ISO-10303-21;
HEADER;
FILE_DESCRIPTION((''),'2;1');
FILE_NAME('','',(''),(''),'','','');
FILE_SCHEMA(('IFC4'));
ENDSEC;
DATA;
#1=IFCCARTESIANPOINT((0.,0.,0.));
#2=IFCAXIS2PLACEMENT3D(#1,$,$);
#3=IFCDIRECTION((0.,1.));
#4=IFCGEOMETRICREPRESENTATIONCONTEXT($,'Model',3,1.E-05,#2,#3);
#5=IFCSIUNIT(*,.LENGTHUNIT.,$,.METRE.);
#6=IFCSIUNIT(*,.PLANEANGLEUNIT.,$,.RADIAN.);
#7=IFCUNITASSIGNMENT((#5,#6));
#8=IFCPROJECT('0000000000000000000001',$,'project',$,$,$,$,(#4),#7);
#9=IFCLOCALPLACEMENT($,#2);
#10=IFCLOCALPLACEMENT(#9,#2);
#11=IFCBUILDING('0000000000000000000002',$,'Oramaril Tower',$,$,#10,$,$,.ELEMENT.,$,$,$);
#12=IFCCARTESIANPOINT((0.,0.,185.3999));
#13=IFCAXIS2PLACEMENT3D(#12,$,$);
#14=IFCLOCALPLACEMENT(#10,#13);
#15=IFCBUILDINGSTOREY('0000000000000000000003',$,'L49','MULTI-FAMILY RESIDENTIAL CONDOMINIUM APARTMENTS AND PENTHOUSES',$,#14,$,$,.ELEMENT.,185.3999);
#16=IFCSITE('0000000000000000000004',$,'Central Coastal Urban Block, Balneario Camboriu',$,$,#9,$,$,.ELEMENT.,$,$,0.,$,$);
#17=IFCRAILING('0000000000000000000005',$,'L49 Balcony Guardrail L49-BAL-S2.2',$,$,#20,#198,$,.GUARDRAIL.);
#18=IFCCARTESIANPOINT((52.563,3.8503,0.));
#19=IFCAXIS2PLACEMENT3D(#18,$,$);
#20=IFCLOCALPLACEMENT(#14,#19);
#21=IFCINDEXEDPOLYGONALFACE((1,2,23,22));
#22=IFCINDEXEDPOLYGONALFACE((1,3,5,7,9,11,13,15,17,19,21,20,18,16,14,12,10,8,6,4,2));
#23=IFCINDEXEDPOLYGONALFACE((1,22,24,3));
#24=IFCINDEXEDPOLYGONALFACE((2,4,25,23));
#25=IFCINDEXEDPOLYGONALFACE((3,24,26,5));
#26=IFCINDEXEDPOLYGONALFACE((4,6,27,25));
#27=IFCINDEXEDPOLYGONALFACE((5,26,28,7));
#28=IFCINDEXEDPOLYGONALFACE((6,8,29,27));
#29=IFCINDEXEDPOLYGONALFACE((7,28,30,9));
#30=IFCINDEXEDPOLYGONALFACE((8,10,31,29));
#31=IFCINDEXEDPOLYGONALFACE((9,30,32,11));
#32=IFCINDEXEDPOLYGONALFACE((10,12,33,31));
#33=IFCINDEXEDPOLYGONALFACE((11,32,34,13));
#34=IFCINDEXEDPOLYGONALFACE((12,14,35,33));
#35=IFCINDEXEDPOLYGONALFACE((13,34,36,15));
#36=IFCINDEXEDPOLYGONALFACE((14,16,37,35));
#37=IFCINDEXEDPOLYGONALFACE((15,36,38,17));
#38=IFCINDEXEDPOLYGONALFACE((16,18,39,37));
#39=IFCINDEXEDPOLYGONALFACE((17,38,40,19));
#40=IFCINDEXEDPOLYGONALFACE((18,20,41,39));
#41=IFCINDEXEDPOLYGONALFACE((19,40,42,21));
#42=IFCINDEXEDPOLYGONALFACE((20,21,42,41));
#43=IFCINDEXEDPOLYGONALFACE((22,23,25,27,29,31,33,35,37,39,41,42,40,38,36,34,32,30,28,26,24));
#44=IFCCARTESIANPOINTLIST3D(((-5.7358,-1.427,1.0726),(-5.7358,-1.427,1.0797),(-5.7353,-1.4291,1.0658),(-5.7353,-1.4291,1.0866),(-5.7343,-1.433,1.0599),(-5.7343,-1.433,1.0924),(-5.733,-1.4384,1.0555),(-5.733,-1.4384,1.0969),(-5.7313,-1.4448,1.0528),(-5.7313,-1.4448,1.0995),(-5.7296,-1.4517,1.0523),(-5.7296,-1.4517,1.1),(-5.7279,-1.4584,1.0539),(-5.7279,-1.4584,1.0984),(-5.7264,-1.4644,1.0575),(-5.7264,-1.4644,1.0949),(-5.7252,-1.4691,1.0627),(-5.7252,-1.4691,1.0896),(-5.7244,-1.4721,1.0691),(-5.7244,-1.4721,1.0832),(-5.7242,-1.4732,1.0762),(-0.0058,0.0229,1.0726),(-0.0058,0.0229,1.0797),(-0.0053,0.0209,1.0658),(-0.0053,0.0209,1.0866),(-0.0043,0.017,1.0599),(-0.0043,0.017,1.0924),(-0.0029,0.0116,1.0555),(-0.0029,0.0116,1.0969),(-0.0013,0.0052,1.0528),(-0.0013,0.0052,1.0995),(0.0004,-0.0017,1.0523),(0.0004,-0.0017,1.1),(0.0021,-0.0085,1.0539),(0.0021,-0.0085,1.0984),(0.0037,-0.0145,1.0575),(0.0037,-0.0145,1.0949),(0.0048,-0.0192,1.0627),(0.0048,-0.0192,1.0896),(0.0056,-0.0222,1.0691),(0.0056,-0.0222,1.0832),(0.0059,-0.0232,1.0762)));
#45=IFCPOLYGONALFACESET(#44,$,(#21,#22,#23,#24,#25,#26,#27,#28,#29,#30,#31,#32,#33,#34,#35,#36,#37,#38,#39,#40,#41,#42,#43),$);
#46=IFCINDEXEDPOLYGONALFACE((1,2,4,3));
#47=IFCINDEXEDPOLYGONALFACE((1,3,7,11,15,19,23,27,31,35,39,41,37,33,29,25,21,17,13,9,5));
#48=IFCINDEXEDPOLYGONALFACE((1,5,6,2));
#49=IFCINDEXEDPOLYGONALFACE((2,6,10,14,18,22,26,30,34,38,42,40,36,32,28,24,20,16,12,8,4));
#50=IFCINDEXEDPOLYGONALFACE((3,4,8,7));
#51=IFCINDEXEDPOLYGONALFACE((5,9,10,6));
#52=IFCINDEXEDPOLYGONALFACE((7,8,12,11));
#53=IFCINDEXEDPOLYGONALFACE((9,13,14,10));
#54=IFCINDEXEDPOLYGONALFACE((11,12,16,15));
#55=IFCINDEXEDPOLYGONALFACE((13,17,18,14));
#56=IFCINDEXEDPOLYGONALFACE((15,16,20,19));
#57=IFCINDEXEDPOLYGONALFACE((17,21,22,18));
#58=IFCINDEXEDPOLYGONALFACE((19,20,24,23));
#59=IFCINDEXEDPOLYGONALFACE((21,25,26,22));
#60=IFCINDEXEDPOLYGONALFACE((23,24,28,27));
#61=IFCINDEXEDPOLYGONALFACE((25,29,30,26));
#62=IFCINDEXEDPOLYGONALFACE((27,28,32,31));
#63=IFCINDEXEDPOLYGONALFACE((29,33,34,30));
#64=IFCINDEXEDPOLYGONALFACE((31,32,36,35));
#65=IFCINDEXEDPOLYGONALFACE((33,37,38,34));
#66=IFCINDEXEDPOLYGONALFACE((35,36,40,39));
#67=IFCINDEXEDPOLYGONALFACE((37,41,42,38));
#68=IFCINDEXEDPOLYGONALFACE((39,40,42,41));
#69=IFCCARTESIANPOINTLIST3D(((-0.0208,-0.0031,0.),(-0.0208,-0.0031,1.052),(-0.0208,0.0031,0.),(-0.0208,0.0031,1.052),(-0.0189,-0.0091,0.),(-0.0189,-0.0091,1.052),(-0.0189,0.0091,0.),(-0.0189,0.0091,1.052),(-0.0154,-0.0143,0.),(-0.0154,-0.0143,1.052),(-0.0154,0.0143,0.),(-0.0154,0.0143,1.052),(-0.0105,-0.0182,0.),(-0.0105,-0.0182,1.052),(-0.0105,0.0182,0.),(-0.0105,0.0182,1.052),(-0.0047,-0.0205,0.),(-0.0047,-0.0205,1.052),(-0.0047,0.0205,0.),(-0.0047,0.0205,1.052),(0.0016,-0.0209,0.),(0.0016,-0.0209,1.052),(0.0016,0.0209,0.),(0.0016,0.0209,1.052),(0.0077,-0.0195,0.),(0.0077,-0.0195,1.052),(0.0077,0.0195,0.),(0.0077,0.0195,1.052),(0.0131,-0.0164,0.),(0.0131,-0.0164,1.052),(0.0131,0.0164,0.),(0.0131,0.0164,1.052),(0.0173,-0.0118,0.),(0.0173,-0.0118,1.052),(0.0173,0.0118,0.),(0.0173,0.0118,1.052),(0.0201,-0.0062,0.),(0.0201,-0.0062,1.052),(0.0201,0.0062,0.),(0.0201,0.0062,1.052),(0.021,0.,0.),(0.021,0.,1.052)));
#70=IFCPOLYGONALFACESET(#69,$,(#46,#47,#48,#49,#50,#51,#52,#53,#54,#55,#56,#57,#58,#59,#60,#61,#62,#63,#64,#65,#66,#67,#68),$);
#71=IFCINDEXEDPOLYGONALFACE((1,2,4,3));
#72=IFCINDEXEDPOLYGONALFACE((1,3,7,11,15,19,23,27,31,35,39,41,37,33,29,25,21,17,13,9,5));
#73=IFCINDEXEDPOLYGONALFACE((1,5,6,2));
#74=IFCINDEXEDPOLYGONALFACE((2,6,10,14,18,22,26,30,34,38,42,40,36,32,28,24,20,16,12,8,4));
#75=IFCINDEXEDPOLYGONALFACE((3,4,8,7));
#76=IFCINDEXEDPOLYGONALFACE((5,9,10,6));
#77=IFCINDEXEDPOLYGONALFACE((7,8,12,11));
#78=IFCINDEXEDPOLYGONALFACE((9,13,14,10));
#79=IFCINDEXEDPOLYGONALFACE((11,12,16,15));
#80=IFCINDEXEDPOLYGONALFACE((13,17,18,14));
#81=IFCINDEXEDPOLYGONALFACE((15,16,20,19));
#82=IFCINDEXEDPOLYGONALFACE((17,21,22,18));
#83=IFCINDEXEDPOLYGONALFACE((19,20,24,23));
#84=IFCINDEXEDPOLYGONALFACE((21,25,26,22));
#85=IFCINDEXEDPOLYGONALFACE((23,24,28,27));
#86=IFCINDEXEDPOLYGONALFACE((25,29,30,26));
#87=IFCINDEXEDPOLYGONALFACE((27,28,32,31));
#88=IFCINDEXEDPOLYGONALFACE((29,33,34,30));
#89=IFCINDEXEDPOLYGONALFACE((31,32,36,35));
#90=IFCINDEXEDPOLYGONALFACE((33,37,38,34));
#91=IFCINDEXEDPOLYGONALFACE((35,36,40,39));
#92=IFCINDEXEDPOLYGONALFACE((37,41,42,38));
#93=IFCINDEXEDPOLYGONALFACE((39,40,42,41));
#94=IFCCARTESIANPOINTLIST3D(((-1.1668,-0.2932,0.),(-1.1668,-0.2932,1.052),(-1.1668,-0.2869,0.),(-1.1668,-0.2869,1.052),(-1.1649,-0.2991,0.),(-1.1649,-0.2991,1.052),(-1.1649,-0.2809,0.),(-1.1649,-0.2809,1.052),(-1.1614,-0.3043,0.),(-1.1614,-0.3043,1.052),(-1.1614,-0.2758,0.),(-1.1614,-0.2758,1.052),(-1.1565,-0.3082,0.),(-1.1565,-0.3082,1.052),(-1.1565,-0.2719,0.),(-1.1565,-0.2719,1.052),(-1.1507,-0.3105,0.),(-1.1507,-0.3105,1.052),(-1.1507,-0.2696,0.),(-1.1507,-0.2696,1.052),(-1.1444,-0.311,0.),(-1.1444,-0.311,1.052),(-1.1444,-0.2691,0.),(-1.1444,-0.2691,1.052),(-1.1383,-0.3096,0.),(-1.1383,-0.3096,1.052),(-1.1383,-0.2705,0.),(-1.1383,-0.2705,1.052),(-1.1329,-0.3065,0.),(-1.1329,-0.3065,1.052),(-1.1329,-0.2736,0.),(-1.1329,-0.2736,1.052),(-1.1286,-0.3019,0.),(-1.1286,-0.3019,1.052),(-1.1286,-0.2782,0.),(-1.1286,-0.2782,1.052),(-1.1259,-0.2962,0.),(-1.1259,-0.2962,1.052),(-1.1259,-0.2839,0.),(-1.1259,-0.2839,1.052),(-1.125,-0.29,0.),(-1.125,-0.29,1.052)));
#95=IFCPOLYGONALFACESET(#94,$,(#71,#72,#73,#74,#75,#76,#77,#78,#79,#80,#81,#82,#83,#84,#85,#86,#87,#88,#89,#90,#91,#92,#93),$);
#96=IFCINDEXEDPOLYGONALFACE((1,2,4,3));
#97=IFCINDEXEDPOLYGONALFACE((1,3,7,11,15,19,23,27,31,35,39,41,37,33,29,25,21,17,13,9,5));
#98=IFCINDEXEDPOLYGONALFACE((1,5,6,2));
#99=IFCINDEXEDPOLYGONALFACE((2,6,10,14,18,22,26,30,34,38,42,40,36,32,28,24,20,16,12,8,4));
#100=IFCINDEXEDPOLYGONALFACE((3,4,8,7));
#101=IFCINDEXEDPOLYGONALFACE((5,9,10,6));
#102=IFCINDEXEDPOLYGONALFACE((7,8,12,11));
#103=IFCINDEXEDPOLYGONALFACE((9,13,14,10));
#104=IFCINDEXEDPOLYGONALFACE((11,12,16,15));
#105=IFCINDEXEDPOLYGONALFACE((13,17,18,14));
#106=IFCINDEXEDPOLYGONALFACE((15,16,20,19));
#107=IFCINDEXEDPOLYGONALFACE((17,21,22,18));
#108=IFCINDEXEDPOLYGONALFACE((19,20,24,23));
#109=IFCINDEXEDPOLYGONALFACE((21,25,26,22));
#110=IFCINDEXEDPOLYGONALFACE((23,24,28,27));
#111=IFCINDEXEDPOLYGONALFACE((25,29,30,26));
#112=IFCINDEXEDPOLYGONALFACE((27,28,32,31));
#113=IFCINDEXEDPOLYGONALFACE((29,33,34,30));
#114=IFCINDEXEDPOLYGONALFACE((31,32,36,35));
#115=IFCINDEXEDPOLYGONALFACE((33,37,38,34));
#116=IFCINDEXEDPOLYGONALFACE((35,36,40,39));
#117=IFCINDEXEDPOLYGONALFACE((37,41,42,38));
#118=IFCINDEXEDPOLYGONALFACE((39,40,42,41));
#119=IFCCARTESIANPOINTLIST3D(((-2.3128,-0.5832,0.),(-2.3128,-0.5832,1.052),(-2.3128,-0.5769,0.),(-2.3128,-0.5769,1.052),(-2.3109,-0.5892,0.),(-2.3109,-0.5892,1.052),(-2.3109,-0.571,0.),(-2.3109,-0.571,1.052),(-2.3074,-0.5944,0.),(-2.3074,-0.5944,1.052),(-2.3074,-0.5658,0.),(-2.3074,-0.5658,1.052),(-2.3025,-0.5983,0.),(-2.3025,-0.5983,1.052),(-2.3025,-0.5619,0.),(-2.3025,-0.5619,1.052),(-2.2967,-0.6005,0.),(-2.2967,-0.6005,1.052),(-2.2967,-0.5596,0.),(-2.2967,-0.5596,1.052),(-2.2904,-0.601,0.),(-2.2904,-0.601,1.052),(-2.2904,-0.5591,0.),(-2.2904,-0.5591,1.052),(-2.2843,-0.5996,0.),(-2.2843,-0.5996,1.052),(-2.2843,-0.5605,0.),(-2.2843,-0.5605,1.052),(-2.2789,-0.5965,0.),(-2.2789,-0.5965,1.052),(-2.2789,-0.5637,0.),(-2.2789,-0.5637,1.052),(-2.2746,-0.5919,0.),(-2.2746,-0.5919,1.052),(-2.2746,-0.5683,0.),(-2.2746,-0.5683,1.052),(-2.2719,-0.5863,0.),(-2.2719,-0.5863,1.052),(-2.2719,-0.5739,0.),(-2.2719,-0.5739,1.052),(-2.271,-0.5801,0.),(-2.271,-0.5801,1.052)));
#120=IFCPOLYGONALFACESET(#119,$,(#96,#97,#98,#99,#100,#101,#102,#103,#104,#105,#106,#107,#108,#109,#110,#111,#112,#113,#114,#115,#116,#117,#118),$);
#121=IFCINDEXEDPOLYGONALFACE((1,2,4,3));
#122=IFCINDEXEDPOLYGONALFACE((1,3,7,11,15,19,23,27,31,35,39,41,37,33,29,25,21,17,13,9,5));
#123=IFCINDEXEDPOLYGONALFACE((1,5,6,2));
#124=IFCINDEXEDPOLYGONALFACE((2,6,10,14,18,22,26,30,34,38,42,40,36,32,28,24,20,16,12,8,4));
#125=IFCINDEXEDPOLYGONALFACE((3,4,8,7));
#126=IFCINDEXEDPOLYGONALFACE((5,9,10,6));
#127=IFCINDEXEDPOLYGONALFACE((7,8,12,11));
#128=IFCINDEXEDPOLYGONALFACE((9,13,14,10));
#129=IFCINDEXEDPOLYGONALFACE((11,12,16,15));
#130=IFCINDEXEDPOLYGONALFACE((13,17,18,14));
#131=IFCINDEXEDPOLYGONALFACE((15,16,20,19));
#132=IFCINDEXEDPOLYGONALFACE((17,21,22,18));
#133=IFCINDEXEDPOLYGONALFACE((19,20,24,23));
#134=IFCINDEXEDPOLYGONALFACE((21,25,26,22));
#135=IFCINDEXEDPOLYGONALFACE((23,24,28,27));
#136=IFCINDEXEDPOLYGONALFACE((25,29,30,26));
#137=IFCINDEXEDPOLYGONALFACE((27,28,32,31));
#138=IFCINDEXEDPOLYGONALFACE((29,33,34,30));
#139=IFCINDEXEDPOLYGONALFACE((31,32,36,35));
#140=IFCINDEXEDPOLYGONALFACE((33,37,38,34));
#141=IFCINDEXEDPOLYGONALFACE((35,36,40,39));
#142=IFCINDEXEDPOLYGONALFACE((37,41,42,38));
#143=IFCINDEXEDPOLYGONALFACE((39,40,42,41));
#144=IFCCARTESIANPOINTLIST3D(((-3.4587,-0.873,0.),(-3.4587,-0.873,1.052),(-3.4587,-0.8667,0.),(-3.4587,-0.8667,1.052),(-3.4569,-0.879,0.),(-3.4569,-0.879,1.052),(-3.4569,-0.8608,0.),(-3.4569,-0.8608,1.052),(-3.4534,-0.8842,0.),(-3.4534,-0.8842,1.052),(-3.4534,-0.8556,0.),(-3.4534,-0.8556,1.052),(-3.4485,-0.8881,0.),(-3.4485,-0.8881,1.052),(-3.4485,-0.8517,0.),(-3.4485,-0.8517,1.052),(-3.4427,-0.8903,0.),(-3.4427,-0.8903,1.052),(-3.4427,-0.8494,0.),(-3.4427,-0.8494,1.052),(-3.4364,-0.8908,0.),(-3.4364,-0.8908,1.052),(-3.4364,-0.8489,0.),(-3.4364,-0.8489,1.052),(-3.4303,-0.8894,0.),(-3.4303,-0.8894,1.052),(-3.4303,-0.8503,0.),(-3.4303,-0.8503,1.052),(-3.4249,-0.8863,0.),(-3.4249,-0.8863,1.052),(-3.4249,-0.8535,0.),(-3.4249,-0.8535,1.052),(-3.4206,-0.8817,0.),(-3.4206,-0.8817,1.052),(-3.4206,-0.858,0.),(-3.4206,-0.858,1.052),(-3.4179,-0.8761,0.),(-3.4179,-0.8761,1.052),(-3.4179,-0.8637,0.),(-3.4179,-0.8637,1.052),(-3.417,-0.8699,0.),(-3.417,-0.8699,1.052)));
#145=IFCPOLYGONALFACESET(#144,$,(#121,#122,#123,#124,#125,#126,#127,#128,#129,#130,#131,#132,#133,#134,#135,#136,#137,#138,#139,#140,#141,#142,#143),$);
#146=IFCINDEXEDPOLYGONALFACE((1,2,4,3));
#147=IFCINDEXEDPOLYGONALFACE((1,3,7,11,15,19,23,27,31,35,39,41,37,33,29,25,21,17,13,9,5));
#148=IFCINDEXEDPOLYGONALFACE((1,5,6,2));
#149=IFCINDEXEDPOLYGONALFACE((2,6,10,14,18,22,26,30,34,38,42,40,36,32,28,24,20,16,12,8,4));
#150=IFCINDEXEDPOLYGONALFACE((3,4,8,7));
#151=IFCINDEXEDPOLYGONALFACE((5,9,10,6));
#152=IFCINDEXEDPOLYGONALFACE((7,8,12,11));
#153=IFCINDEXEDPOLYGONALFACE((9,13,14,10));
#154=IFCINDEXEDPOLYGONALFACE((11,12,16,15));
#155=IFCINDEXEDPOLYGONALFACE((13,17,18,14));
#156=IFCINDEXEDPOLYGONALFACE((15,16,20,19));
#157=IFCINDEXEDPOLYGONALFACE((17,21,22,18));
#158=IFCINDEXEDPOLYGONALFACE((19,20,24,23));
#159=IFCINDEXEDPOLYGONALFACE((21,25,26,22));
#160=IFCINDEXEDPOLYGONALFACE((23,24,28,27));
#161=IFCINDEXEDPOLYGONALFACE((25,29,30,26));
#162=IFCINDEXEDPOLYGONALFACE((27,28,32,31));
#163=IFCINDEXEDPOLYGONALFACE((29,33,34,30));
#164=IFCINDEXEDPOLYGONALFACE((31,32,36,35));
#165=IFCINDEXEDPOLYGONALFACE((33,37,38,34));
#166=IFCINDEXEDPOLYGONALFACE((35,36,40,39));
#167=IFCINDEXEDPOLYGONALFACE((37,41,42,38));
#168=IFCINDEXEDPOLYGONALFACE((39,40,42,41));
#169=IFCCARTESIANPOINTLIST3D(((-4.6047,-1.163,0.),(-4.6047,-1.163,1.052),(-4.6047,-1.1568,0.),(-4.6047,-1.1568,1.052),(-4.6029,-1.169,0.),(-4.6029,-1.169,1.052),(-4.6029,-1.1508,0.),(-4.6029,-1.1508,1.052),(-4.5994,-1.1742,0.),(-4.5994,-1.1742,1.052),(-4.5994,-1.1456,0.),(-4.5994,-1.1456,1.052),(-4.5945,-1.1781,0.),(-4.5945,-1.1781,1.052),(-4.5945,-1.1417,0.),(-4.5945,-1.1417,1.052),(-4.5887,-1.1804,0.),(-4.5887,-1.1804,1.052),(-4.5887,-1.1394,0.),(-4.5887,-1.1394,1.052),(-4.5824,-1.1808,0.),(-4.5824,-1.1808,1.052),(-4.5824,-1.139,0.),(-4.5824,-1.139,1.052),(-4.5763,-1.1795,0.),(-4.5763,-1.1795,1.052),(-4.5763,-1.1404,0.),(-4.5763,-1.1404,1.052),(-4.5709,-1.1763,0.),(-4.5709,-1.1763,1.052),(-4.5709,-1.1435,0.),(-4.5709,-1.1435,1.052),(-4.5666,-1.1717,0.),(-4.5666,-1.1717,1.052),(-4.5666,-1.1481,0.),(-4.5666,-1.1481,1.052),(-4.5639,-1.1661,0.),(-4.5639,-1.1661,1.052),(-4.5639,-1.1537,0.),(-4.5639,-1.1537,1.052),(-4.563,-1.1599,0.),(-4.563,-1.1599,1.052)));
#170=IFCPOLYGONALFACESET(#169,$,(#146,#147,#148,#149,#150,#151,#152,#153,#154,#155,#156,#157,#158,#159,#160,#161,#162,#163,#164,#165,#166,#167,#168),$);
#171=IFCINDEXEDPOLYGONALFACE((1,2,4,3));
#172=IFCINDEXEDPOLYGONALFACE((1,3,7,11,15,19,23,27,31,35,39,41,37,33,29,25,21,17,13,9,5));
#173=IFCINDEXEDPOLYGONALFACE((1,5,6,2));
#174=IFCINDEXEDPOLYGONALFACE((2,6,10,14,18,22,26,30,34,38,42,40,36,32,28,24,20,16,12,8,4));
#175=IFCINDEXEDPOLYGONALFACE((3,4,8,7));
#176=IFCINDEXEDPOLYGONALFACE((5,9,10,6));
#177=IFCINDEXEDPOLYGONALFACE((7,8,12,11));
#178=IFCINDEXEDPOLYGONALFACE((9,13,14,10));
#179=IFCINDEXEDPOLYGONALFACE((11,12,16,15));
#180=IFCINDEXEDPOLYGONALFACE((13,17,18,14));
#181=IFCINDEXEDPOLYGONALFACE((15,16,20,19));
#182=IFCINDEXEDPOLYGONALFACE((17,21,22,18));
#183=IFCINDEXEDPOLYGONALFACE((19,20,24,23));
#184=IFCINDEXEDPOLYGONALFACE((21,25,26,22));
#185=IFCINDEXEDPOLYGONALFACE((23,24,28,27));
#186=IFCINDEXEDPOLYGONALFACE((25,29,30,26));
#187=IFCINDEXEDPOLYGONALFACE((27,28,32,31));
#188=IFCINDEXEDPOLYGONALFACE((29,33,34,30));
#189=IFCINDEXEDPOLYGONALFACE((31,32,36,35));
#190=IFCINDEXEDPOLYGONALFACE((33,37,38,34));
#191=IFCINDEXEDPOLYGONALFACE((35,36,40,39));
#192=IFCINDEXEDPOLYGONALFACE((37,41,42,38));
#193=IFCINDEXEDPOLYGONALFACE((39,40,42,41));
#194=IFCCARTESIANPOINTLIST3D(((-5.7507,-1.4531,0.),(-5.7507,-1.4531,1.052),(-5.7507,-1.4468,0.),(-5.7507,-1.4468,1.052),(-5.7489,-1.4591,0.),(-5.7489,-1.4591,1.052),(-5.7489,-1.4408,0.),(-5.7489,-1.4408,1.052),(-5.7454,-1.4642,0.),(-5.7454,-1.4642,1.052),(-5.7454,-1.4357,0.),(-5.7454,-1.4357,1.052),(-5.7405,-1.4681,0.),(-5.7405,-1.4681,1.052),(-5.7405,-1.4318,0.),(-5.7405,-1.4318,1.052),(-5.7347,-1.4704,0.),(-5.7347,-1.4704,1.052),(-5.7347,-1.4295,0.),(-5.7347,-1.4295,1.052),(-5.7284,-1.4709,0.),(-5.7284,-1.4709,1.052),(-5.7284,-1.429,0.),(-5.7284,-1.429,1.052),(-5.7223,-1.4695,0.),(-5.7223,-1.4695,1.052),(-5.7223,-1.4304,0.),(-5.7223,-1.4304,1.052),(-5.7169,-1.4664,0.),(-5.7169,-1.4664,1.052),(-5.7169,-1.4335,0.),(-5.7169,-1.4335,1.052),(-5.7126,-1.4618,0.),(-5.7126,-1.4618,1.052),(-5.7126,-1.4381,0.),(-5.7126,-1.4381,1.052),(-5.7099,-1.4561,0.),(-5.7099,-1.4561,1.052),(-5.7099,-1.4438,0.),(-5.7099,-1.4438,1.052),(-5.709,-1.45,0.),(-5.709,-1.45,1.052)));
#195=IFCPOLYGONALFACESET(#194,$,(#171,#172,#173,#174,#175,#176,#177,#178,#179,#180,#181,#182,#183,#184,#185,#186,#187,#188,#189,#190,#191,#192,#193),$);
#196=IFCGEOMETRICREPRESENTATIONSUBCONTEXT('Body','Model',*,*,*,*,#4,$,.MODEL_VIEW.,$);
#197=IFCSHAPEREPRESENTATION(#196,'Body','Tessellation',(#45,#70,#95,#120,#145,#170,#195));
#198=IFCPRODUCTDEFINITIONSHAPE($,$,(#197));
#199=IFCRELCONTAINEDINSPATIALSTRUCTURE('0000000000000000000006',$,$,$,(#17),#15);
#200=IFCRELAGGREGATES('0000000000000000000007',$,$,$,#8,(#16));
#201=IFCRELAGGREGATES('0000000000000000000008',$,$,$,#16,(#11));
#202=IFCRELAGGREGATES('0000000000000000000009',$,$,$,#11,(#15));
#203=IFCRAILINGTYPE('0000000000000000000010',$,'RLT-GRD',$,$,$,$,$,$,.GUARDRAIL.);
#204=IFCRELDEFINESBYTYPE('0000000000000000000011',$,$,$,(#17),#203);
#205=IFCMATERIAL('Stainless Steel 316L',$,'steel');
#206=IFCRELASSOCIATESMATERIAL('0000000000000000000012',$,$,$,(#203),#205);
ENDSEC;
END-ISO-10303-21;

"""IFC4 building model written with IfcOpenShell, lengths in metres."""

from ifc_helpers import new_model, si_unit, direction, frame, origin, origin_2d, place, context, subcontext, project, spatial, circle, extrude, material, type_object, element, save


model = new_model("IFC4")

# Units and contexts
model_context = context("Model", 3, precision=1e-05, world=origin(), true_north=direction((0.0, 1.0)))
body_context = subcontext(model_context, "Body", "Model", "MODEL_VIEW")
ifc_project = project(units=[si_unit("LENGTHUNIT", "METRE"), si_unit("PLANEANGLEUNIT", "RADIAN")], contexts=[model_context])

# Site, building, storey
site_placement = place(None, origin())
site = spatial("IfcSite", under=ifc_project, at=site_placement, Name="Central Coastal Urban Block, Balneario Camboriu", CompositionType="ELEMENT", RefElevation=0.0)
building_placement = place(site_placement, origin())
building = spatial("IfcBuilding", under=site, at=building_placement, Name="Oramaril Tower", CompositionType="ELEMENT")
storey_placement = place(building_placement, frame((0.0, 0.0, 185.3999)))
storey = spatial("IfcBuildingStorey", under=building, at=storey_placement, Name="L49", Description="MULTI-FAMILY RESIDENTIAL CONDOMINIUM APARTMENTS AND PENTHOUSES", CompositionType="ELEMENT", Elevation=185.3999)

# Railing
ifc_material_1 = material(Name="Stainless Steel 316L", Category="steel")
railing_type = type_object("IfcRailingType", Name="RLT-GRD", PredefinedType="GUARDRAIL", material=ifc_material_1)
railing_1_placement = place(storey_placement, frame((52.563, 3.8503, 0.0)))
element("IfcRailing", 1, at=railing_1_placement, inside=storey, type_object=railing_type, Name="L49 Balcony Guardrail L49-BAL-S2.2", PredefinedType="GUARDRAIL", context=body_context, shape_type="SweptSolid", body=[
    extrude(circle(Radius=0.0239, at=origin_2d()), frame((0.0, 0.0, 1.0762), z_axis=(-0.969444, -0.245314, 0.0), x_axis=(0.245314, -0.969444, 0.0)), (0.0, 0.0, 1.0), 5.9106),
    extrude(circle(Radius=0.021, at=origin_2d()), origin(), (0.0, 0.0, 1.0), 1.052),
    extrude(circle(Radius=0.021, at=origin_2d()), frame((-1.146, -0.29, 0.0)), (0.0, 0.0, 1.0), 1.052),
    extrude(circle(Radius=0.021, at=origin_2d()), frame((-2.292, -0.5801, 0.0)), (0.0, 0.0, 1.0), 1.052),
    extrude(circle(Radius=0.021, at=origin_2d()), frame((-3.438, -0.8699, 0.0)), (0.0, 0.0, 1.0), 1.052),
    extrude(circle(Radius=0.021, at=origin_2d()), frame((-4.584, -1.1599, 0.0)), (0.0, 0.0, 1.0), 1.052),
    extrude(circle(Radius=0.021, at=origin_2d()), frame((-5.73, -1.45, 0.0)), (0.0, 0.0, 1.0), 1.052),
])

save(model, "model.ifc")
